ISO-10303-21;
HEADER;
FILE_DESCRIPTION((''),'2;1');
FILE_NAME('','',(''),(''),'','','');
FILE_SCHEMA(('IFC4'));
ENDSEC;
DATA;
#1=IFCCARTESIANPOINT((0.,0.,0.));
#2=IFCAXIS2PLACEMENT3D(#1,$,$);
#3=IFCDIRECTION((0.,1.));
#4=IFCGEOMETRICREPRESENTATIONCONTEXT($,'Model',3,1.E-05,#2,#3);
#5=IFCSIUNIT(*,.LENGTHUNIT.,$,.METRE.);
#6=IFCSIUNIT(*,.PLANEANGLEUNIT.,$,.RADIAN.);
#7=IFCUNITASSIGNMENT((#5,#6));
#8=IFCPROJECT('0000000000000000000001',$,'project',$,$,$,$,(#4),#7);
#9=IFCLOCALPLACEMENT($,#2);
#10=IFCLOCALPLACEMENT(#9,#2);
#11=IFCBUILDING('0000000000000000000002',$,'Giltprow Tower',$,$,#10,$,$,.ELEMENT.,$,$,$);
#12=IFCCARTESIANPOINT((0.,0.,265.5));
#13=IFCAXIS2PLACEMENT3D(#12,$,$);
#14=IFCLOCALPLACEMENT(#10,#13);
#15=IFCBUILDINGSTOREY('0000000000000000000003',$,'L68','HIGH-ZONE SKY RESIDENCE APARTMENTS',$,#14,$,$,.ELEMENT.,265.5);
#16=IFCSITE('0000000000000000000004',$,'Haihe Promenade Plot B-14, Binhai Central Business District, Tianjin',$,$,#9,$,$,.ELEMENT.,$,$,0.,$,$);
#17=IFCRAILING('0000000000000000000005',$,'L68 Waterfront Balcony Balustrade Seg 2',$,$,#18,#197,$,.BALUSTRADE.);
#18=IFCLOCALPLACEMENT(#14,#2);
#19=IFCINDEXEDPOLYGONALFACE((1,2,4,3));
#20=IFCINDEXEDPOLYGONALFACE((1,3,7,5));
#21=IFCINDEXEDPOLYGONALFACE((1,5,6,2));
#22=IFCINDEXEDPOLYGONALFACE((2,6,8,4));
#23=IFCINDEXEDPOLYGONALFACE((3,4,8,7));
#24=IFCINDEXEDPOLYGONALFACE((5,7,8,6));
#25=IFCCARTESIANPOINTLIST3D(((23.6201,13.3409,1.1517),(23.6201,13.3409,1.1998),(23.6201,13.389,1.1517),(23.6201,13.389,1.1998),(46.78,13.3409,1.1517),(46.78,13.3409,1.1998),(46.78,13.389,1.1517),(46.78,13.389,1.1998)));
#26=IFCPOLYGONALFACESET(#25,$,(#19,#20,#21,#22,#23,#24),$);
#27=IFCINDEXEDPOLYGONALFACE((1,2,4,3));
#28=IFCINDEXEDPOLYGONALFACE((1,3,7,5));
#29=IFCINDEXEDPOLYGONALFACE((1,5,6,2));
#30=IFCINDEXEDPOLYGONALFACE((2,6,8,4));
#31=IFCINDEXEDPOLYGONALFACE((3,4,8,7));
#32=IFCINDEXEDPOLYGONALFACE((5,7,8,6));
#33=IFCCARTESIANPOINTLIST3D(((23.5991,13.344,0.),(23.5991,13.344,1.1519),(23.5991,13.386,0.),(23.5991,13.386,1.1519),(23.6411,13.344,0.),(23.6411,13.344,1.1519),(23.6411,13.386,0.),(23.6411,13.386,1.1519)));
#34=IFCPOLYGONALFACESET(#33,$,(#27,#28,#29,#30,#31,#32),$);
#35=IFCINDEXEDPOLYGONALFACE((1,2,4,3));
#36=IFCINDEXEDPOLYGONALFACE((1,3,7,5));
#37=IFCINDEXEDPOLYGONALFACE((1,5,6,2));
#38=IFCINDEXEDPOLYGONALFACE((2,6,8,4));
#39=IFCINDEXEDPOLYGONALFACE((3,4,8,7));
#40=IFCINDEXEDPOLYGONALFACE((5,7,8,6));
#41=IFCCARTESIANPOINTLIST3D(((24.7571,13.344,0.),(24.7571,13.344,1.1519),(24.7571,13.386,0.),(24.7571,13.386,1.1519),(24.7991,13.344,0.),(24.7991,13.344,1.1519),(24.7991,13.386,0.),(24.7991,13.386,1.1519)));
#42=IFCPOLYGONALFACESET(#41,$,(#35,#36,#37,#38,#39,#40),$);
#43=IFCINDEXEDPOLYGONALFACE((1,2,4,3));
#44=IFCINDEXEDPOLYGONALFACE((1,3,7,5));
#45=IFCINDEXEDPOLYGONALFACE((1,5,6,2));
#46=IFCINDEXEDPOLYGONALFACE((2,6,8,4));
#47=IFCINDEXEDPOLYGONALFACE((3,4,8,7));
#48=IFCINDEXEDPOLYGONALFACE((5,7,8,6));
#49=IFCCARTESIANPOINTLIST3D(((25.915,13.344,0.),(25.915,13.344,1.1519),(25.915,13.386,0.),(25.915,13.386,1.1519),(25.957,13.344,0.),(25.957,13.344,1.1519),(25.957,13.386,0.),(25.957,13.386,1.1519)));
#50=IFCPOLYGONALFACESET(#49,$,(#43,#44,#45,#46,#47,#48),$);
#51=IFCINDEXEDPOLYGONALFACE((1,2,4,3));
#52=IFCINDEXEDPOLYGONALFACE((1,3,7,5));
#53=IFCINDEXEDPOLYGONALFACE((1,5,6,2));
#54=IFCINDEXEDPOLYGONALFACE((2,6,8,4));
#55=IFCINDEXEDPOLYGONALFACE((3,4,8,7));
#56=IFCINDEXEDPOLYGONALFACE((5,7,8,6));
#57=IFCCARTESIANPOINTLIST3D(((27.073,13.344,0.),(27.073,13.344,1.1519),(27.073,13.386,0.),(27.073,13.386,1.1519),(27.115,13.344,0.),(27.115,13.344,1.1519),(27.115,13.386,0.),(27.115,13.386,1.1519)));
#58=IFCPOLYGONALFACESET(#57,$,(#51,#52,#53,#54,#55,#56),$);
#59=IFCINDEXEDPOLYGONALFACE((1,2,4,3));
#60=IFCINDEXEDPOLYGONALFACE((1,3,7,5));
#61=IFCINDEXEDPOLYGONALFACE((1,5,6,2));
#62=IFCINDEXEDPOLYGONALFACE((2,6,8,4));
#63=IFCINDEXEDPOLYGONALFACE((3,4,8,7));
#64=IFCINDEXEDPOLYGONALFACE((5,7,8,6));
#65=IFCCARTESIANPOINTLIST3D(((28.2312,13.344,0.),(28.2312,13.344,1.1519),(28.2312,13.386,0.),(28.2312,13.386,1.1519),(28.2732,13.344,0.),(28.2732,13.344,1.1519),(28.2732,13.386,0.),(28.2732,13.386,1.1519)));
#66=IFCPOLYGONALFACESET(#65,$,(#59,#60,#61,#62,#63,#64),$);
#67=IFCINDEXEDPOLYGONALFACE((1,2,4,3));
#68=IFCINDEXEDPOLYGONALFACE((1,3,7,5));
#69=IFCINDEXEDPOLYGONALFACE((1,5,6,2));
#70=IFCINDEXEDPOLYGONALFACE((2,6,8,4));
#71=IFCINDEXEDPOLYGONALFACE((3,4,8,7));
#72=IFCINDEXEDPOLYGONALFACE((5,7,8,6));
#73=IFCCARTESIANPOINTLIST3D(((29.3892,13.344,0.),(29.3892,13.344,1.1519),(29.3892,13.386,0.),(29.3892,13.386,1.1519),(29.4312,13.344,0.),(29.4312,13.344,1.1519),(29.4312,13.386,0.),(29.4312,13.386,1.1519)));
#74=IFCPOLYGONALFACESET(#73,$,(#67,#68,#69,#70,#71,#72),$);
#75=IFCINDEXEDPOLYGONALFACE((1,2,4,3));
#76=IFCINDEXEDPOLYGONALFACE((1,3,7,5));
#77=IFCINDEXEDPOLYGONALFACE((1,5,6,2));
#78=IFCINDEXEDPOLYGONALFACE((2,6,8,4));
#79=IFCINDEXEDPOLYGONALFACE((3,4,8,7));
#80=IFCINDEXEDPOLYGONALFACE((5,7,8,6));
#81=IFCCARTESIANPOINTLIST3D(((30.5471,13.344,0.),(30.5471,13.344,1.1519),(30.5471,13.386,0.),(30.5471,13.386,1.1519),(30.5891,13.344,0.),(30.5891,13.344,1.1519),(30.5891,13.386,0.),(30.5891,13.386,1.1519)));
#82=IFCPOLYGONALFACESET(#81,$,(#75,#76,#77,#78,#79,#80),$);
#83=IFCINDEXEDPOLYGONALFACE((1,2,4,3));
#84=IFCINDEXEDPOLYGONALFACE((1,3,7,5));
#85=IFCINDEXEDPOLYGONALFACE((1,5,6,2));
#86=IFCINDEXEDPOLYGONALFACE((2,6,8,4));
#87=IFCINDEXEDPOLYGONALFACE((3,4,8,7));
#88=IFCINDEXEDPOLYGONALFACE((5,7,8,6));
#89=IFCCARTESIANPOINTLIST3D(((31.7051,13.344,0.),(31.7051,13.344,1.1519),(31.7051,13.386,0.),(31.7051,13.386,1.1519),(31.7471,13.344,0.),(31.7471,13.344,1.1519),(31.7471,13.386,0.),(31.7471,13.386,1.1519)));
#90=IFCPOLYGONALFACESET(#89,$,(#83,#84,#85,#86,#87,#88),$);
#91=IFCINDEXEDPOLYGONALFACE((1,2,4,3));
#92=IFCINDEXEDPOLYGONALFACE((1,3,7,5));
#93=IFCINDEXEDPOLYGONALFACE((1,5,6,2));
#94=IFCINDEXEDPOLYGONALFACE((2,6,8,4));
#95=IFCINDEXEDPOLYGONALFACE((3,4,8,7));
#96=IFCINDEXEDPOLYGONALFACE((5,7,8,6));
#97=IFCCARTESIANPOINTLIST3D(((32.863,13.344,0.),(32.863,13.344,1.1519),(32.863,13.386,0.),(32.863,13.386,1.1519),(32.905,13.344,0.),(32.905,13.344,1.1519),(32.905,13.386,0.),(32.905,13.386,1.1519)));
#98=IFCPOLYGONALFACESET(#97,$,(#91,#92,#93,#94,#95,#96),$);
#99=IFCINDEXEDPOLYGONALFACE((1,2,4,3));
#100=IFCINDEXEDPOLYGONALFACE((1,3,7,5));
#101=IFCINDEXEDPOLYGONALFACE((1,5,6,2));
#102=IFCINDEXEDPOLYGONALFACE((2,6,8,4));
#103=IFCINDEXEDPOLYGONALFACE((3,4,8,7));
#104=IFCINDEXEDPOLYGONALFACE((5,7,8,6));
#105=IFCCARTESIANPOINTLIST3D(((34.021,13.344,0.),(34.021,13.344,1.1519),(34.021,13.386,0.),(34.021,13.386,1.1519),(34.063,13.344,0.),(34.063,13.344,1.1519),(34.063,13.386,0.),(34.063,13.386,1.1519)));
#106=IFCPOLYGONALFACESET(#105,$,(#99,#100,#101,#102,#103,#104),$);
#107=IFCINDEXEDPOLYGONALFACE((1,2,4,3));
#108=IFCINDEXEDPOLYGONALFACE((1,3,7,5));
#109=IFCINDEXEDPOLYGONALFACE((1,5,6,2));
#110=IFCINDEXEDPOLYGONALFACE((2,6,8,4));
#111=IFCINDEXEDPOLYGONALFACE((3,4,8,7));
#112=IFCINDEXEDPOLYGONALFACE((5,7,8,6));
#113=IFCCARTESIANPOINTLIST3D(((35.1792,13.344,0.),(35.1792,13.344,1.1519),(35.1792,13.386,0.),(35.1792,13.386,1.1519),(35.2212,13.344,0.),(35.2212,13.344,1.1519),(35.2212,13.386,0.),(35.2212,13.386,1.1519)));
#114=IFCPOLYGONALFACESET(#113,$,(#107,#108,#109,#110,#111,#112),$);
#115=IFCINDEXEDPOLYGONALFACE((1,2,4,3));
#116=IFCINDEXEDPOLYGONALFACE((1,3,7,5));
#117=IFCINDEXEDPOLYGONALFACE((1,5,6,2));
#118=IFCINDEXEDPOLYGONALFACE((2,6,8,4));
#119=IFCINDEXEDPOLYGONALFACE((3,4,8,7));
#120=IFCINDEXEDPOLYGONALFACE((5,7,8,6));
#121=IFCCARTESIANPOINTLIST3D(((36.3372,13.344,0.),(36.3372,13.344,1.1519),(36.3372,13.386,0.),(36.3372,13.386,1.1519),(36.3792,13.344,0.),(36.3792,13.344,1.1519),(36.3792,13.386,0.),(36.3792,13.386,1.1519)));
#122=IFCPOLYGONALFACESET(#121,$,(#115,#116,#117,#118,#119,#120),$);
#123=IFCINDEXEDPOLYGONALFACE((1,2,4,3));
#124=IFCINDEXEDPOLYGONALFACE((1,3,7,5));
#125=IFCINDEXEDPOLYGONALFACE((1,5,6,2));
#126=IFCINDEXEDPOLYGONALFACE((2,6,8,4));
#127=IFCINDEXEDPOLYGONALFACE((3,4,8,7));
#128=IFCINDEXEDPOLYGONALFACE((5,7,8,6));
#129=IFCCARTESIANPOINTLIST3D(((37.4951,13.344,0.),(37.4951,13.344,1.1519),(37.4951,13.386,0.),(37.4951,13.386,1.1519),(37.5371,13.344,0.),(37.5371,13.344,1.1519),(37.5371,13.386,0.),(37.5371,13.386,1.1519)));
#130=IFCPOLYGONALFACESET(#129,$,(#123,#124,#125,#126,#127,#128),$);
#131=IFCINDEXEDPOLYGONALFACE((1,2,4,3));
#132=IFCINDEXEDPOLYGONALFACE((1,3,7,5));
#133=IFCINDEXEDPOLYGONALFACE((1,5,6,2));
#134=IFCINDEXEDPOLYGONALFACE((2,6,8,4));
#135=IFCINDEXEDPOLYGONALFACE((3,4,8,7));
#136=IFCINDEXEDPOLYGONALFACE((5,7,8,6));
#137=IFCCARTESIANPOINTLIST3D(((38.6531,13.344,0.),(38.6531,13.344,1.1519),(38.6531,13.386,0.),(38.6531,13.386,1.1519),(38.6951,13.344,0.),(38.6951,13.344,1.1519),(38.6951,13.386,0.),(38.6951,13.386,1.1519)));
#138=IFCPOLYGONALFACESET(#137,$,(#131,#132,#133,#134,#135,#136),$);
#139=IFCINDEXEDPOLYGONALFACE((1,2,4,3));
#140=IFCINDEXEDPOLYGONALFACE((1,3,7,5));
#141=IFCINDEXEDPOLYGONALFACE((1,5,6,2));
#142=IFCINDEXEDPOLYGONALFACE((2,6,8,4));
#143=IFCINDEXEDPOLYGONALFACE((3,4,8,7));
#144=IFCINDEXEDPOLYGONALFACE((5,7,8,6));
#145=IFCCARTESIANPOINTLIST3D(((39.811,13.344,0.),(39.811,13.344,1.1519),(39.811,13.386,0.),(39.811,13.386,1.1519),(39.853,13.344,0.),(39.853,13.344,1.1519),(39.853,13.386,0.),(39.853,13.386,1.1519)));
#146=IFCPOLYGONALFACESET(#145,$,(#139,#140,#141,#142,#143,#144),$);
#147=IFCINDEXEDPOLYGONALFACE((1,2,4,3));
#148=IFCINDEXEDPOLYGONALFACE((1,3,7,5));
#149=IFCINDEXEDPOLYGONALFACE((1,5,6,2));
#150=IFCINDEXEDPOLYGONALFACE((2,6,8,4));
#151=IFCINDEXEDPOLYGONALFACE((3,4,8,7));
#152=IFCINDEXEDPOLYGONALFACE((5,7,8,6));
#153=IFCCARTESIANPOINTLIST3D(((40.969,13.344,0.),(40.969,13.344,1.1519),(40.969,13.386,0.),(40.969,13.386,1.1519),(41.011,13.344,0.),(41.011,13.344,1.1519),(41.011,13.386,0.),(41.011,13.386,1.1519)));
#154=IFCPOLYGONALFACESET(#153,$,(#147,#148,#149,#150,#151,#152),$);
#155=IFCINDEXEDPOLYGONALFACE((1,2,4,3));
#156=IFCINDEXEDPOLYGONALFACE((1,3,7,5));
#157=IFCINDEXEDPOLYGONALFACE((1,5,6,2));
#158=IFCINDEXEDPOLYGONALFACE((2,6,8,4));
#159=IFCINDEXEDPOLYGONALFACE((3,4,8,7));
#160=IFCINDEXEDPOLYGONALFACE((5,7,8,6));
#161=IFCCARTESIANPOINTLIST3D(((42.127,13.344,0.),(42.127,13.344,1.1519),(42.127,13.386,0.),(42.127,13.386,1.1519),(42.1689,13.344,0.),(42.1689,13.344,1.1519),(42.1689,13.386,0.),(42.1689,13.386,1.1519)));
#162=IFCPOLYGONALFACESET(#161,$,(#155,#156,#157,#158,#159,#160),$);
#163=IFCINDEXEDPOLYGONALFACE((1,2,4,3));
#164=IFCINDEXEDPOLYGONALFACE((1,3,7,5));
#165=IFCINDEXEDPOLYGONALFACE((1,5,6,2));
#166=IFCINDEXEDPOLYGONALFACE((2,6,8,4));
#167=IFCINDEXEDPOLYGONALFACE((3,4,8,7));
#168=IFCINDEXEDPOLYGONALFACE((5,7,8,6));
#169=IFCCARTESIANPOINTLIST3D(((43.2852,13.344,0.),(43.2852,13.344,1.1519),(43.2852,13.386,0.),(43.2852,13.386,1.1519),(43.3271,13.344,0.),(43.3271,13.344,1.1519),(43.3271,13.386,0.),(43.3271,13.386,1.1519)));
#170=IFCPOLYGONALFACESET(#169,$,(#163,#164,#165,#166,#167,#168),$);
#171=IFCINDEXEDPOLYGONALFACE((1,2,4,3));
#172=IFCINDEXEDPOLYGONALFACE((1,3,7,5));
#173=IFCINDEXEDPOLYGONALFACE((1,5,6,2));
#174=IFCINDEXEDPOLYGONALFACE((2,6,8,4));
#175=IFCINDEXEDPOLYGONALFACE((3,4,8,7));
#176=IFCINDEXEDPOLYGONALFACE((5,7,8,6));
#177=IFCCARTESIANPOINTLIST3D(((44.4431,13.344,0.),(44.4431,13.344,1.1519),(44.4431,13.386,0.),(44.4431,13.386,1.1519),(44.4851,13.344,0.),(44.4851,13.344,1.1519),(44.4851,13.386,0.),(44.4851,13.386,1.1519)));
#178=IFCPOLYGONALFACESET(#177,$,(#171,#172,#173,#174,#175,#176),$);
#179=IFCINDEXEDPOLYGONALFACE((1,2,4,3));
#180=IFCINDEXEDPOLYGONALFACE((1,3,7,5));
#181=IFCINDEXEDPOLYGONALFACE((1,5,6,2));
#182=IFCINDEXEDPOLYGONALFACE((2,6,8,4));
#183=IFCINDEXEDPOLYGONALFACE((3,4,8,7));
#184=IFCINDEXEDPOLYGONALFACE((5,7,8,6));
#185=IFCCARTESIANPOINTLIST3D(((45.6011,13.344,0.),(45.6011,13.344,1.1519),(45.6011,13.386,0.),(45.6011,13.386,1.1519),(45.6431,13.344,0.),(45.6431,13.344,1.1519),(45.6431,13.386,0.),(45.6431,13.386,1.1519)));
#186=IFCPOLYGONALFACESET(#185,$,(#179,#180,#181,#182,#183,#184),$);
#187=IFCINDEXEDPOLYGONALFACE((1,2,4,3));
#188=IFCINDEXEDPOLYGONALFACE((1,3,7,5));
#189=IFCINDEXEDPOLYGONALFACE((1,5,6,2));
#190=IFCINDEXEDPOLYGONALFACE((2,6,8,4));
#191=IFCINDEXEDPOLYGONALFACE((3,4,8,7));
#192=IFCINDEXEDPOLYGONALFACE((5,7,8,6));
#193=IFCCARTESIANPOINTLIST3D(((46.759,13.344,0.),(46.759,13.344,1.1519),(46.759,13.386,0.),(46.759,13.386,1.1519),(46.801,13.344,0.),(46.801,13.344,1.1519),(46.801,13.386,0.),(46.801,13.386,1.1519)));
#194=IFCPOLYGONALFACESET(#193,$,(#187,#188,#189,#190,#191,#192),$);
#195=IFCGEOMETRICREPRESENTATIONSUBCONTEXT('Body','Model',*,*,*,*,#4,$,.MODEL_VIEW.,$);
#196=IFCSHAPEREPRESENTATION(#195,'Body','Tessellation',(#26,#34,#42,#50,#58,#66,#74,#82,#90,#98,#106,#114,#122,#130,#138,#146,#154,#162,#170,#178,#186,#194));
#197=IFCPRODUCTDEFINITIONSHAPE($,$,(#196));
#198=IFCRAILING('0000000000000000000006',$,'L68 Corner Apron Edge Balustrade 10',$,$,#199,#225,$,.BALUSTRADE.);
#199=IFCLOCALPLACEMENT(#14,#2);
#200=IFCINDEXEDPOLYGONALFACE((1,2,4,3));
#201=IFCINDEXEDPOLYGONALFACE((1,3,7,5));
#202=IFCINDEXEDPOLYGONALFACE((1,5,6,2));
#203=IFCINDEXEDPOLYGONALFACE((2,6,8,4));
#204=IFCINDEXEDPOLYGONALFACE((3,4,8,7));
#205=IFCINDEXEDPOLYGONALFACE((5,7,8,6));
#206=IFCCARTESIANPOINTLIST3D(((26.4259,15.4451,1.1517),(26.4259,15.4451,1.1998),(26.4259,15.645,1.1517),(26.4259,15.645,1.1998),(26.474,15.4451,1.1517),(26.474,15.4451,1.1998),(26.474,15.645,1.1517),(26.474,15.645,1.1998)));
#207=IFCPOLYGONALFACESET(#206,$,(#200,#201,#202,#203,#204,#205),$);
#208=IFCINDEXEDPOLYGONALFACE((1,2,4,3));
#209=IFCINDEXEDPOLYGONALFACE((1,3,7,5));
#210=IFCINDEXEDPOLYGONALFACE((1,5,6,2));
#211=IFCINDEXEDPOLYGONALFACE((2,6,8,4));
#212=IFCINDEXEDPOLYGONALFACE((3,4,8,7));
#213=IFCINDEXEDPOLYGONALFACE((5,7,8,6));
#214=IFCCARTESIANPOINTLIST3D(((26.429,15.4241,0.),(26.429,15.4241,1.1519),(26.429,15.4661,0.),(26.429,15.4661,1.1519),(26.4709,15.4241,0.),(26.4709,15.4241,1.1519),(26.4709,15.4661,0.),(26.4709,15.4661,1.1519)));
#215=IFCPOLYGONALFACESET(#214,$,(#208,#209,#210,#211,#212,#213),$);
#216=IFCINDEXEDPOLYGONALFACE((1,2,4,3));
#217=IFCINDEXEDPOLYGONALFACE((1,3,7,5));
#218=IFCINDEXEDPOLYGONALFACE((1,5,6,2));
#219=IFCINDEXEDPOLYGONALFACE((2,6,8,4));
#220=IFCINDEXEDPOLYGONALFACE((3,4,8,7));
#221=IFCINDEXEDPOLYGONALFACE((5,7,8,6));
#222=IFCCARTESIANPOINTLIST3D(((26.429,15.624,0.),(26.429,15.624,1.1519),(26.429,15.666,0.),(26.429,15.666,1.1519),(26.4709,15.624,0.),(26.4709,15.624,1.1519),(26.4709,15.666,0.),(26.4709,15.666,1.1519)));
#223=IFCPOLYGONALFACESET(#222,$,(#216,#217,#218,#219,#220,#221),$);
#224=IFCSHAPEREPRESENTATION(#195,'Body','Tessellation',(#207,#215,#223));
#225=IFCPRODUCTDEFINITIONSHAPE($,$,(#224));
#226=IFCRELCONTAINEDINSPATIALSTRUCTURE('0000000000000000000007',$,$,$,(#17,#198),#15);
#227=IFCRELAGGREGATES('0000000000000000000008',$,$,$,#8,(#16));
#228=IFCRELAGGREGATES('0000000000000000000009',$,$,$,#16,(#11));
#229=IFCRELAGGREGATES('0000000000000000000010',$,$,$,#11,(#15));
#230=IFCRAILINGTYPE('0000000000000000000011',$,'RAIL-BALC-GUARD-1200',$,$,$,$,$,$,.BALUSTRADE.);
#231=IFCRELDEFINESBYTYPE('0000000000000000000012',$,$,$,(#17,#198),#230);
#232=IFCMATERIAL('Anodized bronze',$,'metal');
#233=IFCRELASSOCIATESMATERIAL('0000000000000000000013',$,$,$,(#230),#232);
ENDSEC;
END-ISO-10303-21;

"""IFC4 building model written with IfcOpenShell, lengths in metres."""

from ifc_helpers import new_model, si_unit, direction, frame, origin, origin_2d, place, context, subcontext, project, spatial, rectangle, extrude, material, type_object, element, save


model = new_model("IFC4")

# Units and contexts
model_context = context("Model", 3, precision=1e-05, world=origin(), true_north=direction((0.0, 1.0)))
body_context = subcontext(model_context, "Body", "Model", "MODEL_VIEW")
ifc_project = project(units=[si_unit("LENGTHUNIT", "METRE"), si_unit("PLANEANGLEUNIT", "RADIAN")], contexts=[model_context])

# Site, building, storey
site_placement = place(None, origin())
site = spatial("IfcSite", under=ifc_project, at=site_placement, Name="Haihe Promenade Plot B-14, Binhai Central Business District, Tianjin", CompositionType="ELEMENT", RefElevation=0.0)
building_placement = place(site_placement, origin())
building = spatial("IfcBuilding", under=site, at=building_placement, Name="Giltprow Tower", CompositionType="ELEMENT")
storey_placement = place(building_placement, frame((0.0, 0.0, 265.5)))
storey = spatial("IfcBuildingStorey", under=building, at=storey_placement, Name="L68", Description="HIGH-ZONE SKY RESIDENCE APARTMENTS", CompositionType="ELEMENT", Elevation=265.5)

# Railings
ifc_material_1 = material(Name="Anodized bronze", Category="metal")
railing_type = type_object("IfcRailingType", Name="RAIL-BALC-GUARD-1200", PredefinedType="BALUSTRADE", material=ifc_material_1)
railing_1_placement = place(storey_placement, frame((23.6201, 13.365, 0.0)))
element("IfcRailing", 1, at=railing_1_placement, inside=storey, type_object=railing_type, Name="L68 Waterfront Balcony Balustrade Seg 2", PredefinedType="BALUSTRADE", context=body_context, shape_type="SweptSolid", body=[
    extrude(rectangle(XDim=0.0481, YDim=0.0481, at=origin_2d()), frame((0.0, 0.0, 1.1758), z_axis=(1.0, 0.0, 0.0), x_axis=(0.0, 1.0, 0.0)), (0.0, 0.0, 1.0), 23.1599),
    extrude(rectangle(XDim=0.042, YDim=0.042, at=origin_2d()), origin(), (0.0, 0.0, 1.0), 1.1519),
    extrude(rectangle(XDim=0.042, YDim=0.042, at=origin_2d()), frame((1.158, 0.0, 0.0)), (0.0, 0.0, 1.0), 1.1519),
    extrude(rectangle(XDim=0.042, YDim=0.042, at=origin_2d()), frame((2.3159, 0.0, 0.0)), (0.0, 0.0, 1.0), 1.1519),
    extrude(rectangle(XDim=0.042, YDim=0.042, at=origin_2d()), frame((3.4739, 0.0, 0.0)), (0.0, 0.0, 1.0), 1.1519),
    extrude(rectangle(XDim=0.042, YDim=0.042, at=origin_2d()), frame((4.6321, 0.0, 0.0)), (0.0, 0.0, 1.0), 1.1519),
    extrude(rectangle(XDim=0.042, YDim=0.042, at=origin_2d()), frame((5.79, 0.0, 0.0)), (0.0, 0.0, 1.0), 1.1519),
    extrude(rectangle(XDim=0.042, YDim=0.042, at=origin_2d()), frame((6.948, 0.0, 0.0)), (0.0, 0.0, 1.0), 1.1519),
    extrude(rectangle(XDim=0.042, YDim=0.042, at=origin_2d()), frame((8.106, 0.0, 0.0)), (0.0, 0.0, 1.0), 1.1519),
    extrude(rectangle(XDim=0.042, YDim=0.042, at=origin_2d()), frame((9.2639, 0.0, 0.0)), (0.0, 0.0, 1.0), 1.1519),
    extrude(rectangle(XDim=0.042, YDim=0.042, at=origin_2d()), frame((10.4219, 0.0, 0.0)), (0.0, 0.0, 1.0), 1.1519),
    extrude(rectangle(XDim=0.042, YDim=0.042, at=origin_2d()), frame((11.5801, 0.0, 0.0)), (0.0, 0.0, 1.0), 1.1519),
    extrude(rectangle(XDim=0.042, YDim=0.042, at=origin_2d()), frame((12.738, 0.0, 0.0)), (0.0, 0.0, 1.0), 1.1519),
    extrude(rectangle(XDim=0.042, YDim=0.042, at=origin_2d()), frame((13.896, 0.0, 0.0)), (0.0, 0.0, 1.0), 1.1519),
    extrude(rectangle(XDim=0.042, YDim=0.042, at=origin_2d()), frame((15.054, 0.0, 0.0)), (0.0, 0.0, 1.0), 1.1519),
    extrude(rectangle(XDim=0.042, YDim=0.042, at=origin_2d()), frame((16.2119, 0.0, 0.0)), (0.0, 0.0, 1.0), 1.1519),
    extrude(rectangle(XDim=0.042, YDim=0.042, at=origin_2d()), frame((17.3699, 0.0, 0.0)), (0.0, 0.0, 1.0), 1.1519),
    extrude(rectangle(XDim=0.042, YDim=0.042, at=origin_2d()), frame((18.5278, 0.0, 0.0)), (0.0, 0.0, 1.0), 1.1519),
    extrude(rectangle(XDim=0.042, YDim=0.042, at=origin_2d()), frame((19.686, 0.0, 0.0)), (0.0, 0.0, 1.0), 1.1519),
    extrude(rectangle(XDim=0.042, YDim=0.042, at=origin_2d()), frame((20.844, 0.0, 0.0)), (0.0, 0.0, 1.0), 1.1519),
    extrude(rectangle(XDim=0.042, YDim=0.042, at=origin_2d()), frame((22.002, 0.0, 0.0)), (0.0, 0.0, 1.0), 1.1519),
    extrude(rectangle(XDim=0.042, YDim=0.042, at=origin_2d()), frame((23.1599, 0.0, 0.0)), (0.0, 0.0, 1.0), 1.1519),
])
railing_2_placement = place(storey_placement, frame((26.45, 15.4451, 0.0)))
element("IfcRailing", 2, at=railing_2_placement, inside=storey, type_object=railing_type, Name="L68 Corner Apron Edge Balustrade 10", PredefinedType="BALUSTRADE", context=body_context, shape_type="SweptSolid", body=[
    extrude(rectangle(XDim=0.0481, YDim=0.0481, at=origin_2d()), frame((0.0, 0.0, 1.1758), z_axis=(0.0, 1.0, 0.0), x_axis=(-1.0, 0.0, 0.0)), (0.0, 0.0, 1.0), 0.2),
    extrude(rectangle(XDim=0.042, YDim=0.042, at=origin_2d()), origin(), (0.0, 0.0, 1.0), 1.1519),
    extrude(rectangle(XDim=0.042, YDim=0.042, at=origin_2d()), frame((0.0, 0.2, 0.0)), (0.0, 0.0, 1.0), 1.1519),
])

save(model, "model.ifc")
